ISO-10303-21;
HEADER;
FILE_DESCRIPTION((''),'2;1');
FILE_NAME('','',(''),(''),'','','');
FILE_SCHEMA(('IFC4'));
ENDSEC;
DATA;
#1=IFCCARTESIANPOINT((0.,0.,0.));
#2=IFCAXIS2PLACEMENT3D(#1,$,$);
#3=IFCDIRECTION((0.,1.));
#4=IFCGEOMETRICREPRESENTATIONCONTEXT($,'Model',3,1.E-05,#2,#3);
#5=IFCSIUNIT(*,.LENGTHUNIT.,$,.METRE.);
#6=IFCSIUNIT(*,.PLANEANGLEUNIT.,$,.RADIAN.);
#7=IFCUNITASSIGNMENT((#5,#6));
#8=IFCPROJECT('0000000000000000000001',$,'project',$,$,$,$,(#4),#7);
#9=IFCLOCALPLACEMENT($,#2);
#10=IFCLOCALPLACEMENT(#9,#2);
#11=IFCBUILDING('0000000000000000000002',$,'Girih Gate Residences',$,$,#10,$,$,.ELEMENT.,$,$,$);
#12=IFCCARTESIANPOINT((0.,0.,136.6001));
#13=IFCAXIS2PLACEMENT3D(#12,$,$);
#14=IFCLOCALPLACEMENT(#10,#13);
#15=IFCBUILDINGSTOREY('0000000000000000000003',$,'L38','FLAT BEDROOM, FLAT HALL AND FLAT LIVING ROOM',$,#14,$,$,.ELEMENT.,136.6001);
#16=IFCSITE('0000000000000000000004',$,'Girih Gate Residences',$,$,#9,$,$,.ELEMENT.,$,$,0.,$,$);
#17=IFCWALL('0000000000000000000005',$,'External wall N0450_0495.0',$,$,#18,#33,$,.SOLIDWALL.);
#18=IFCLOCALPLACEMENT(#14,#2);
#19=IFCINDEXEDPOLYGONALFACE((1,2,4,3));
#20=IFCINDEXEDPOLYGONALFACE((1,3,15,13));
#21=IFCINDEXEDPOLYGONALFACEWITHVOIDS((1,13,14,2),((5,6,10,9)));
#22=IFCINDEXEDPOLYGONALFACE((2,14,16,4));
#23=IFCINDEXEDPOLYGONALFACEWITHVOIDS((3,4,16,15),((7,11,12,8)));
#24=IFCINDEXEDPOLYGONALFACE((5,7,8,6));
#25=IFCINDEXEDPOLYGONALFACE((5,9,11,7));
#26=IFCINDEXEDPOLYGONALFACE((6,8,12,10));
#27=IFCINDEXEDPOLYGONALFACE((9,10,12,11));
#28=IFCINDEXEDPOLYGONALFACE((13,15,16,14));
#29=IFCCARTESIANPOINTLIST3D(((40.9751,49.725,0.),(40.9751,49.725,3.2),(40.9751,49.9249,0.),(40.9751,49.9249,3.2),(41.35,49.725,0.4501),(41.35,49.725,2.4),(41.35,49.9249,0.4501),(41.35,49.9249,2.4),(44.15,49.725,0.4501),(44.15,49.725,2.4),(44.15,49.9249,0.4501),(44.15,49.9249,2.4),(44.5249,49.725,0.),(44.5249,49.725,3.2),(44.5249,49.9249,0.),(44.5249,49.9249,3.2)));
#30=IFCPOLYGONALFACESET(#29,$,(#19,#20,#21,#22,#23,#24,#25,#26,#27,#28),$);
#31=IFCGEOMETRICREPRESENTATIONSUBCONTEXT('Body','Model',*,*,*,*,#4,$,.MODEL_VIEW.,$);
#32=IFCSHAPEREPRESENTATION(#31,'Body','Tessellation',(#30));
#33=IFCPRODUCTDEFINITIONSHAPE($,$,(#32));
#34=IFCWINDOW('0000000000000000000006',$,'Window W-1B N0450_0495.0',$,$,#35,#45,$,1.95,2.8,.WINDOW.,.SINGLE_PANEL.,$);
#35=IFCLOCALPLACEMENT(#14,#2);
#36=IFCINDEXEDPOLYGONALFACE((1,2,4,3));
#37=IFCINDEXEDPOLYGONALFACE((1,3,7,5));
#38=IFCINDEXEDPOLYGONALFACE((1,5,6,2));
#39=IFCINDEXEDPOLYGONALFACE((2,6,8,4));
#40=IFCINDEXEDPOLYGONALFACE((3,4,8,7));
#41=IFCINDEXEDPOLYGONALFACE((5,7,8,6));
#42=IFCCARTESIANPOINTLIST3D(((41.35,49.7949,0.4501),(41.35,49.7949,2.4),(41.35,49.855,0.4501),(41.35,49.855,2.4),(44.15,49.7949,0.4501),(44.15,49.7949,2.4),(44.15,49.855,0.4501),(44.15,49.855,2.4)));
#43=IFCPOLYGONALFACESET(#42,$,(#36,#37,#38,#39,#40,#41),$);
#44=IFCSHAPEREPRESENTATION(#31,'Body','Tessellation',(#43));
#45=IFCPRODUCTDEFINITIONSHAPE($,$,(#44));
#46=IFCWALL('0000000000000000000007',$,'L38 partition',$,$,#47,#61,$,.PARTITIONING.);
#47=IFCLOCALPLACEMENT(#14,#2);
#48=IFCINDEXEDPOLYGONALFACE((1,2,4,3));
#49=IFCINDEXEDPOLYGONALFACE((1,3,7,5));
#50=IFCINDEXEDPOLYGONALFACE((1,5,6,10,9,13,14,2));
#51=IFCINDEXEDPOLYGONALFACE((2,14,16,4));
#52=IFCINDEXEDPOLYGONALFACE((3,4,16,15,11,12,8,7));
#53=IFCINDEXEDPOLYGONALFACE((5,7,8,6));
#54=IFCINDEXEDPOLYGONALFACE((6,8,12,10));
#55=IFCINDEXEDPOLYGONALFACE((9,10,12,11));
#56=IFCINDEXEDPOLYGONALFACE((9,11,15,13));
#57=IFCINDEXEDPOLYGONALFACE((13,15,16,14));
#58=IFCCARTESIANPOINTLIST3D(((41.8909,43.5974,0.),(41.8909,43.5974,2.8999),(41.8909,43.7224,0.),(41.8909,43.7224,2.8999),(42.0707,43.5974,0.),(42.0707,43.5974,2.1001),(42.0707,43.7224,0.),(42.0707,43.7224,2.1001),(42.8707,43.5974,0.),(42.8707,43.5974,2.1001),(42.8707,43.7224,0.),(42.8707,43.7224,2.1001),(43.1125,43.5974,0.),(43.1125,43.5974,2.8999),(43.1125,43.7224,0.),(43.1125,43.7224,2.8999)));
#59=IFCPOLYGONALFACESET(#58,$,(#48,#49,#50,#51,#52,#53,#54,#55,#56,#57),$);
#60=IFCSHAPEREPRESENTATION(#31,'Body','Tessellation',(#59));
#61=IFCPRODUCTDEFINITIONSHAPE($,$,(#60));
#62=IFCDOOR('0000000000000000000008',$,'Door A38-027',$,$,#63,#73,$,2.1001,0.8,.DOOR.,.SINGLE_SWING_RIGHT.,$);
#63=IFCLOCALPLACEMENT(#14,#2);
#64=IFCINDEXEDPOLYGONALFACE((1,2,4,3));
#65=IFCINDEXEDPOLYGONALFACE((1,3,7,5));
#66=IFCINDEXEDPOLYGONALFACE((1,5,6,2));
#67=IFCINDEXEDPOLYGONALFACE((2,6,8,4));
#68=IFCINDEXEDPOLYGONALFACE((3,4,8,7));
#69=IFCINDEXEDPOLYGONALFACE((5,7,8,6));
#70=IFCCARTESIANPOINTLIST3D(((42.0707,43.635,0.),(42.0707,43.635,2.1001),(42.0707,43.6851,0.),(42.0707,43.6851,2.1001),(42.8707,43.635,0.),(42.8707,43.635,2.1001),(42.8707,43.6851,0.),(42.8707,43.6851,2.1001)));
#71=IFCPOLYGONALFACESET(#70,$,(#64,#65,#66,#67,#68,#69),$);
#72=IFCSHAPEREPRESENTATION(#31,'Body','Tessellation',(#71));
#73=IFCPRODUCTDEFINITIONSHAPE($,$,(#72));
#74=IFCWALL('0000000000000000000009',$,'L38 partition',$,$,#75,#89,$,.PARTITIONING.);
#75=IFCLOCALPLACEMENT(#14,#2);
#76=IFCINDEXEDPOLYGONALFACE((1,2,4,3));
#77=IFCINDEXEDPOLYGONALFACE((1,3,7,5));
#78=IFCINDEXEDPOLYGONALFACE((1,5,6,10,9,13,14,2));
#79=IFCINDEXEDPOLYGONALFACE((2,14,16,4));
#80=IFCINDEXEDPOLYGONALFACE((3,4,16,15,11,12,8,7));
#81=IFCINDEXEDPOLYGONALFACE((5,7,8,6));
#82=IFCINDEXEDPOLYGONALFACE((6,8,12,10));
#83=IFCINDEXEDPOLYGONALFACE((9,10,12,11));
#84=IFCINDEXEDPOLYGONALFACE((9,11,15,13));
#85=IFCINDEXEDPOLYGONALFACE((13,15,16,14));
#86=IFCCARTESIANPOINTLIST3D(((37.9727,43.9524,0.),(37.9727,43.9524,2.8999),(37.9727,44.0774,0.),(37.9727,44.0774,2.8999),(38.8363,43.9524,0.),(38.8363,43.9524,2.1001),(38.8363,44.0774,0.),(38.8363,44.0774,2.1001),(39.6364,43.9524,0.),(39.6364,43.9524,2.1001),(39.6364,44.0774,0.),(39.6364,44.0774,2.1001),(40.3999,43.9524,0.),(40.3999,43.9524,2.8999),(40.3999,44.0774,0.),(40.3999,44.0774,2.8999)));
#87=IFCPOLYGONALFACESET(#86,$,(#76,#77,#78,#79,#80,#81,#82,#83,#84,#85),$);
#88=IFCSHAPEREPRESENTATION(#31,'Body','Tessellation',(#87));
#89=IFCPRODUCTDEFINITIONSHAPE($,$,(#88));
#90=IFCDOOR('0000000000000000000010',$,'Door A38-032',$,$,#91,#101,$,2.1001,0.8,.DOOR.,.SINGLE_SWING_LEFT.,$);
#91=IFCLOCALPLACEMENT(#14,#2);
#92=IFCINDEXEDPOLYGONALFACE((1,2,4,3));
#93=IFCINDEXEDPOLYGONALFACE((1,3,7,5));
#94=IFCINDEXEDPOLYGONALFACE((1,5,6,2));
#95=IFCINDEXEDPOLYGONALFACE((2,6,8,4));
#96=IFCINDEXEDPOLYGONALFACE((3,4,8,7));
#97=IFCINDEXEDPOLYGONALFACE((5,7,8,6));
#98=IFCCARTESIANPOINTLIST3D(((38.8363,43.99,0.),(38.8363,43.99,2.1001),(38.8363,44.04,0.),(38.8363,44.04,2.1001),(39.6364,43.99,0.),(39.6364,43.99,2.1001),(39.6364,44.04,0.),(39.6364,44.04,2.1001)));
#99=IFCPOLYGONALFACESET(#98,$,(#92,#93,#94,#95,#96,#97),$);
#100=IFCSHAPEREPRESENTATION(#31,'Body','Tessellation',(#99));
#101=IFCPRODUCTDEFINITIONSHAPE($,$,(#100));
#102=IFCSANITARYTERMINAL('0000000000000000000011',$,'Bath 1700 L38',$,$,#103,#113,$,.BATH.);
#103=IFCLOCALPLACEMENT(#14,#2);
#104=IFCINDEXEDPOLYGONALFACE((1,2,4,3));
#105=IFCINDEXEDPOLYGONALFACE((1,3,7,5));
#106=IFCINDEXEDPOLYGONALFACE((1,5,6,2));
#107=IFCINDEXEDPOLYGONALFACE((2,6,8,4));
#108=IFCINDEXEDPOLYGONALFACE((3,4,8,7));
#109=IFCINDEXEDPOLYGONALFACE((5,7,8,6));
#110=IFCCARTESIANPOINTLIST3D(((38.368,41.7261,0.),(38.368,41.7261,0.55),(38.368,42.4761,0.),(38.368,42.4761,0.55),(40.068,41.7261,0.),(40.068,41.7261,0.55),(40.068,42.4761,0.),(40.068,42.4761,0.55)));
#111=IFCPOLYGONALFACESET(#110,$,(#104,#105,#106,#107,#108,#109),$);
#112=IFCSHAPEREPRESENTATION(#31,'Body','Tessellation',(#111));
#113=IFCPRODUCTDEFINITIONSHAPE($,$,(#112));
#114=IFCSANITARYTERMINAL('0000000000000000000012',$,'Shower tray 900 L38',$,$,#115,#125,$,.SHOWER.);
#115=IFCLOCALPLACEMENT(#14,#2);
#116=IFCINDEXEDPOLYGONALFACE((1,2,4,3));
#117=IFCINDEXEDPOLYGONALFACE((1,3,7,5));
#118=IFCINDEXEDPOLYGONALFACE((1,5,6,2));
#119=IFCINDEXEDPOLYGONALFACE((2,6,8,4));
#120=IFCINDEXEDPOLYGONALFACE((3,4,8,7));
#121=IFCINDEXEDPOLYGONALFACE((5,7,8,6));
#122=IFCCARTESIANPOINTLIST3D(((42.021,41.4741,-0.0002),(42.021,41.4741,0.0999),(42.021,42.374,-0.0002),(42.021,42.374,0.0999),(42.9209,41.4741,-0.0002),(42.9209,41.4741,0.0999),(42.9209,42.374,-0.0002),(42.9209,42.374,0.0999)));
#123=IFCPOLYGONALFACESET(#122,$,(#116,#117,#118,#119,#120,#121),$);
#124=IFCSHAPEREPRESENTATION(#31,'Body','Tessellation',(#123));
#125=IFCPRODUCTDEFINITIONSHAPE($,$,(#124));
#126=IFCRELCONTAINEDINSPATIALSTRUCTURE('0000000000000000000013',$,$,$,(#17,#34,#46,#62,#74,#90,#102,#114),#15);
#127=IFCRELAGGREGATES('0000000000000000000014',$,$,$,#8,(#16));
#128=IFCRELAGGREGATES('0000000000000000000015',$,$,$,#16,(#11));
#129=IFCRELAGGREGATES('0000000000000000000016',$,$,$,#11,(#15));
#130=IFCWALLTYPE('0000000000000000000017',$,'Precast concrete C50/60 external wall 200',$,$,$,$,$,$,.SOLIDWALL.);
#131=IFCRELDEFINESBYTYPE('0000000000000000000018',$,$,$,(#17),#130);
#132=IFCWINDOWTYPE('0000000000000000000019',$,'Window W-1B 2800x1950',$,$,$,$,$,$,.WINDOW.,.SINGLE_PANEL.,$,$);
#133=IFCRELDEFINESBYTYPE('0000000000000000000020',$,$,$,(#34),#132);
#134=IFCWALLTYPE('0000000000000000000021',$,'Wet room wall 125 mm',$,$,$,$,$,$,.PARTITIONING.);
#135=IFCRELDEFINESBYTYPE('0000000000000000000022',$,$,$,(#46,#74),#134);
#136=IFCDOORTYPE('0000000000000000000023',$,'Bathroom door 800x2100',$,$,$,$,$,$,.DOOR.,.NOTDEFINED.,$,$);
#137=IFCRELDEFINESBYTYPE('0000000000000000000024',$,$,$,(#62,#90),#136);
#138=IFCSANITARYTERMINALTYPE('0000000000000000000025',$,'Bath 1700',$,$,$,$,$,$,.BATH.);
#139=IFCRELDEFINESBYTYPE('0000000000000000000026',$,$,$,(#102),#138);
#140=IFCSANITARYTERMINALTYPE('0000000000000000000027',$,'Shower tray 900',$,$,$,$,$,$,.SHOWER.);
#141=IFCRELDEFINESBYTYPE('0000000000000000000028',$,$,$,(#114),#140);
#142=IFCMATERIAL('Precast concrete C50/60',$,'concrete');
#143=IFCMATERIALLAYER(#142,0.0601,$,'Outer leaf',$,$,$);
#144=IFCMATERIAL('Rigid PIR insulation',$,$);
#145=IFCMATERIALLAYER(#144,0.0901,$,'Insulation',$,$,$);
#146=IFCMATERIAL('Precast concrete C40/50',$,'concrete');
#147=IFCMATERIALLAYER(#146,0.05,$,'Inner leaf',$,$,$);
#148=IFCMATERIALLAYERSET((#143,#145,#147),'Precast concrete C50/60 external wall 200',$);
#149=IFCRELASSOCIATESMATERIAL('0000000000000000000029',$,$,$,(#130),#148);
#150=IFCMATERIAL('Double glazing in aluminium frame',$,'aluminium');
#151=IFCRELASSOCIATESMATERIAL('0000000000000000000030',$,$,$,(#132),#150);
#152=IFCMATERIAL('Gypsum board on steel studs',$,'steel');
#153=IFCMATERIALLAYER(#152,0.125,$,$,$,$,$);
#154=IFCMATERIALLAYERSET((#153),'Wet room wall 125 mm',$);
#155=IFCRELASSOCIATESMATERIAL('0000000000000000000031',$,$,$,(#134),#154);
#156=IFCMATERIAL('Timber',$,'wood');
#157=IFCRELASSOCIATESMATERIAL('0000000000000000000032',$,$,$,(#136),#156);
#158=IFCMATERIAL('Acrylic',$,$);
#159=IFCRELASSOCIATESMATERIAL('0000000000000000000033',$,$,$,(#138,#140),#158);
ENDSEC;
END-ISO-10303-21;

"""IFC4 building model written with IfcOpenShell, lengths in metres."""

from ifc_helpers import new_model, si_unit, direction, frame, frame_2d, origin, origin_2d, place, context, subcontext, project, spatial, rectangle, extrude, material, layer, layer_set, type_object, element, fill, save


model = new_model("IFC4")

# Units and contexts
model_context = context("Model", 3, precision=1e-05, world=origin(), true_north=direction((0.0, 1.0)))
body_context = subcontext(model_context, "Body", "Model", "MODEL_VIEW")
ifc_project = project(units=[si_unit("LENGTHUNIT", "METRE"), si_unit("PLANEANGLEUNIT", "RADIAN")], contexts=[model_context])

# Site, building, storey
site_placement = place(None, origin())
site = spatial("IfcSite", under=ifc_project, at=site_placement, Name="Girih Gate Residences", CompositionType="ELEMENT", RefElevation=0.0)
building_placement = place(site_placement, origin())
building = spatial("IfcBuilding", under=site, at=building_placement, Name="Girih Gate Residences", CompositionType="ELEMENT")
storey_placement = place(building_placement, frame((0.0, 0.0, 136.6001)))
storey = spatial("IfcBuildingStorey", under=building, at=storey_placement, Name="L38", Description="FLAT BEDROOM, FLAT HALL AND FLAT LIVING ROOM", CompositionType="ELEMENT", Elevation=136.6001)

# Shared definitions
ifc_material_1 = material(Name="Gypsum board on steel studs", Category="steel")
ifc_material_2 = material(Name="Timber", Category="wood")

# Wall, opening, window
ifc_material_3 = material(Name="Precast concrete C50/60", Category="concrete")
ifc_layer_1 = layer(ifc_material_3, 0.0601, Name="Outer leaf")
ifc_material_4 = material(Name="Rigid PIR insulation")
ifc_layer_2 = layer(ifc_material_4, 0.0901, Name="Insulation")
ifc_material_5 = material(Name="Precast concrete C40/50", Category="concrete")
ifc_layer_3 = layer(ifc_material_5, 0.05, Name="Inner leaf")
ifc_layer_set_1 = layer_set([ifc_layer_1, ifc_layer_2, ifc_layer_3], Name="Precast concrete C50/60 external wall 200")
wall_type_1 = type_object("IfcWallType", Name="Precast concrete C50/60 external wall 200", PredefinedType="SOLIDWALL", material=ifc_layer_set_1)
wall_1_placement = place(storey_placement, frame((40.9751, 49.825, 0.0), z_axis=(0.0, 0.0, 1.0), x_axis=(1.0, 0.0, 0.0)))
wall_1 = element("IfcWall", 1, at=wall_1_placement, inside=storey, type_object=wall_type_1, Name="External wall N0450_0495.0", PredefinedType="SOLIDWALL", context=body_context, shape_type="SweptSolid", body=[
    extrude(rectangle(XDim=3.5498, YDim=0.2, at=frame_2d((1.7749, 0.0))), origin(), (0.0, 0.0, 1.0), 3.2),
])
opening_1_placement = place(wall_1_placement, frame((0.375, 0.0, 0.45)))
opening_1 = element("IfcOpeningElement", 2, at=opening_1_placement, cuts=wall_1, PredefinedType="OPENING", context=body_context, shape_type="SweptSolid", body=[
    extrude(rectangle(XDim=2.8, YDim=1.95, at=frame_2d((1.3999, 0.9751))), frame((0.0, 0.1099, 0.0), z_axis=(0.0, -1.0, 0.0), x_axis=(1.0, 0.0, 0.0)), (0.0, 0.0, 1.0), 0.22),
])
ifc_material_6 = material(Name="Double glazing in aluminium frame", Category="aluminium")
window_type = type_object("IfcWindowType", Name="Window W-1B 2800x1950", PartitioningType="SINGLE_PANEL", PredefinedType="WINDOW", material=ifc_material_6)
window_placement = place(opening_1_placement, origin())
window = element("IfcWindow", 3, at=window_placement, inside=storey, type_object=window_type, Name="Window W-1B N0450_0495.0", OverallHeight=1.95, OverallWidth=2.8, PartitioningType="SINGLE_PANEL", PredefinedType="WINDOW", context=body_context, shape_type="SweptSolid", body=[
    extrude(rectangle(XDim=2.8, YDim=1.95, at=frame_2d((1.3999, 0.9751))), frame((0.0, 0.03, 0.0), z_axis=(0.0, -1.0, 0.0), x_axis=(1.0, 0.0, 0.0)), (0.0, 0.0, 1.0), 0.0601),
])
fill(opening_1, window)

# Walls, openings, doors
ifc_layer_4 = layer(ifc_material_1, 0.125)
ifc_layer_set_2 = layer_set([ifc_layer_4], Name="Wet room wall 125 mm")
wall_type_2 = type_object("IfcWallType", Name="Wet room wall 125 mm", PredefinedType="PARTITIONING", material=ifc_layer_set_2)
wall_2_placement = place(storey_placement, frame((43.1125, 43.6599, 0.0), z_axis=(0.0, 0.0, 1.0), x_axis=(-1.0, 0.0, 0.0)))
wall_2 = element("IfcWall", 4, at=wall_2_placement, inside=storey, type_object=wall_type_2, Name="L38 partition", PredefinedType="PARTITIONING", context=body_context, shape_type="SweptSolid", body=[
    extrude(rectangle(XDim=1.2217, YDim=0.125, at=frame_2d((0.6108, 0.0))), origin(), (0.0, 0.0, 1.0), 2.8999),
])
opening_2_placement = place(wall_2_placement, frame((0.2419, 0.0, 0.0)))
opening_2 = element("IfcOpeningElement", 5, at=opening_2_placement, cuts=wall_2, PredefinedType="OPENING", context=body_context, shape_type="SweptSolid", body=[
    extrude(rectangle(XDim=0.8, YDim=2.1001, at=frame_2d((0.3999, 1.05))), frame((0.0, 0.0725, 0.0), z_axis=(0.0, -1.0, 0.0), x_axis=(1.0, 0.0, 0.0)), (0.0, 0.0, 1.0), 0.145),
])
door_type_1 = type_object("IfcDoorType", Name="Bathroom door 800x2100", OperationType="NOTDEFINED", PredefinedType="DOOR", material=ifc_material_2)
door_1_placement = place(opening_2_placement, origin())
door_1 = element("IfcDoor", 6, at=door_1_placement, inside=storey, type_object=door_type_1, Name="Door A38-027", OperationType="SINGLE_SWING_RIGHT", OverallHeight=2.1001, OverallWidth=0.8, PredefinedType="DOOR", context=body_context, shape_type="SweptSolid", body=[
    extrude(rectangle(XDim=0.8, YDim=2.1001, at=frame_2d((0.3999, 1.05))), frame((0.0, 0.0249, 0.0), z_axis=(0.0, -1.0, 0.0), x_axis=(1.0, 0.0, 0.0)), (0.0, 0.0, 1.0), 0.05),
])
fill(opening_2, door_1)
wall_3_placement = place(storey_placement, frame((40.3999, 44.0149, 0.0), z_axis=(0.0, 0.0, 1.0), x_axis=(-1.0, 0.0, 0.0)))
wall_3 = element("IfcWall", 7, at=wall_3_placement, inside=storey, type_object=wall_type_2, Name="L38 partition", PredefinedType="PARTITIONING", context=body_context, shape_type="SweptSolid", body=[
    extrude(rectangle(XDim=2.4272, YDim=0.125, at=frame_2d((1.2136, 0.0))), origin(), (0.0, 0.0, 1.0), 2.8999),
])
opening_3_placement = place(wall_3_placement, frame((0.7637, 0.0, 0.0)))
opening_3 = element("IfcOpeningElement", 8, at=opening_3_placement, cuts=wall_3, PredefinedType="OPENING", context=body_context, shape_type="SweptSolid", body=[
    extrude(rectangle(XDim=0.8, YDim=2.1001, at=frame_2d((0.3999, 1.05))), frame((0.0, 0.0725, 0.0), z_axis=(0.0, -1.0, 0.0), x_axis=(1.0, 0.0, 0.0)), (0.0, 0.0, 1.0), 0.145),
])
door_2_placement = place(opening_3_placement, origin())
door_2 = element("IfcDoor", 9, at=door_2_placement, inside=storey, type_object=door_type_1, Name="Door A38-032", OperationType="SINGLE_SWING_LEFT", OverallHeight=2.1001, OverallWidth=0.8, PredefinedType="DOOR", context=body_context, shape_type="SweptSolid", body=[
    extrude(rectangle(XDim=0.8, YDim=2.1001, at=frame_2d((0.3999, 1.05))), frame((0.0, 0.0249, 0.0), z_axis=(0.0, -1.0, 0.0), x_axis=(1.0, 0.0, 0.0)), (0.0, 0.0, 1.0), 0.05),
])
fill(opening_3, door_2)

# Sanitary terminals
ifc_material_7 = material(Name="Acrylic")
sanitary_terminal_type_1 = type_object("IfcSanitaryTerminalType", Name="Bath 1700", PredefinedType="BATH", material=ifc_material_7)
sanitary_terminal_1_placement = place(storey_placement, frame((39.218, 42.1011, 0.0), z_axis=(0.0, 0.0, 1.0), x_axis=(1.0, 0.0, 0.0)))
element("IfcSanitaryTerminal", 10, at=sanitary_terminal_1_placement, inside=storey, type_object=sanitary_terminal_type_1, Name="Bath 1700 L38", PredefinedType="BATH", context=body_context, shape_type="SweptSolid", body=[
    extrude(rectangle(XDim=1.7, YDim=0.75, at=origin_2d()), origin(), (0.0, 0.0, 1.0), 0.55),
])
sanitary_terminal_type_2 = type_object("IfcSanitaryTerminalType", Name="Shower tray 900", PredefinedType="SHOWER", material=ifc_material_7)
sanitary_terminal_2_placement = place(storey_placement, frame((42.4709, 41.9241, -0.0002), z_axis=(0.0, 0.0, 1.0), x_axis=(1.0, 0.0, 0.0)))
element("IfcSanitaryTerminal", 11, at=sanitary_terminal_2_placement, inside=storey, type_object=sanitary_terminal_type_2, Name="Shower tray 900 L38", PredefinedType="SHOWER", context=body_context, shape_type="SweptSolid", body=[
    extrude(rectangle(XDim=0.8999, YDim=0.8999, at=origin_2d()), origin(), (0.0, 0.0, 1.0), 0.1001),
])

save(model, "model.ifc")
